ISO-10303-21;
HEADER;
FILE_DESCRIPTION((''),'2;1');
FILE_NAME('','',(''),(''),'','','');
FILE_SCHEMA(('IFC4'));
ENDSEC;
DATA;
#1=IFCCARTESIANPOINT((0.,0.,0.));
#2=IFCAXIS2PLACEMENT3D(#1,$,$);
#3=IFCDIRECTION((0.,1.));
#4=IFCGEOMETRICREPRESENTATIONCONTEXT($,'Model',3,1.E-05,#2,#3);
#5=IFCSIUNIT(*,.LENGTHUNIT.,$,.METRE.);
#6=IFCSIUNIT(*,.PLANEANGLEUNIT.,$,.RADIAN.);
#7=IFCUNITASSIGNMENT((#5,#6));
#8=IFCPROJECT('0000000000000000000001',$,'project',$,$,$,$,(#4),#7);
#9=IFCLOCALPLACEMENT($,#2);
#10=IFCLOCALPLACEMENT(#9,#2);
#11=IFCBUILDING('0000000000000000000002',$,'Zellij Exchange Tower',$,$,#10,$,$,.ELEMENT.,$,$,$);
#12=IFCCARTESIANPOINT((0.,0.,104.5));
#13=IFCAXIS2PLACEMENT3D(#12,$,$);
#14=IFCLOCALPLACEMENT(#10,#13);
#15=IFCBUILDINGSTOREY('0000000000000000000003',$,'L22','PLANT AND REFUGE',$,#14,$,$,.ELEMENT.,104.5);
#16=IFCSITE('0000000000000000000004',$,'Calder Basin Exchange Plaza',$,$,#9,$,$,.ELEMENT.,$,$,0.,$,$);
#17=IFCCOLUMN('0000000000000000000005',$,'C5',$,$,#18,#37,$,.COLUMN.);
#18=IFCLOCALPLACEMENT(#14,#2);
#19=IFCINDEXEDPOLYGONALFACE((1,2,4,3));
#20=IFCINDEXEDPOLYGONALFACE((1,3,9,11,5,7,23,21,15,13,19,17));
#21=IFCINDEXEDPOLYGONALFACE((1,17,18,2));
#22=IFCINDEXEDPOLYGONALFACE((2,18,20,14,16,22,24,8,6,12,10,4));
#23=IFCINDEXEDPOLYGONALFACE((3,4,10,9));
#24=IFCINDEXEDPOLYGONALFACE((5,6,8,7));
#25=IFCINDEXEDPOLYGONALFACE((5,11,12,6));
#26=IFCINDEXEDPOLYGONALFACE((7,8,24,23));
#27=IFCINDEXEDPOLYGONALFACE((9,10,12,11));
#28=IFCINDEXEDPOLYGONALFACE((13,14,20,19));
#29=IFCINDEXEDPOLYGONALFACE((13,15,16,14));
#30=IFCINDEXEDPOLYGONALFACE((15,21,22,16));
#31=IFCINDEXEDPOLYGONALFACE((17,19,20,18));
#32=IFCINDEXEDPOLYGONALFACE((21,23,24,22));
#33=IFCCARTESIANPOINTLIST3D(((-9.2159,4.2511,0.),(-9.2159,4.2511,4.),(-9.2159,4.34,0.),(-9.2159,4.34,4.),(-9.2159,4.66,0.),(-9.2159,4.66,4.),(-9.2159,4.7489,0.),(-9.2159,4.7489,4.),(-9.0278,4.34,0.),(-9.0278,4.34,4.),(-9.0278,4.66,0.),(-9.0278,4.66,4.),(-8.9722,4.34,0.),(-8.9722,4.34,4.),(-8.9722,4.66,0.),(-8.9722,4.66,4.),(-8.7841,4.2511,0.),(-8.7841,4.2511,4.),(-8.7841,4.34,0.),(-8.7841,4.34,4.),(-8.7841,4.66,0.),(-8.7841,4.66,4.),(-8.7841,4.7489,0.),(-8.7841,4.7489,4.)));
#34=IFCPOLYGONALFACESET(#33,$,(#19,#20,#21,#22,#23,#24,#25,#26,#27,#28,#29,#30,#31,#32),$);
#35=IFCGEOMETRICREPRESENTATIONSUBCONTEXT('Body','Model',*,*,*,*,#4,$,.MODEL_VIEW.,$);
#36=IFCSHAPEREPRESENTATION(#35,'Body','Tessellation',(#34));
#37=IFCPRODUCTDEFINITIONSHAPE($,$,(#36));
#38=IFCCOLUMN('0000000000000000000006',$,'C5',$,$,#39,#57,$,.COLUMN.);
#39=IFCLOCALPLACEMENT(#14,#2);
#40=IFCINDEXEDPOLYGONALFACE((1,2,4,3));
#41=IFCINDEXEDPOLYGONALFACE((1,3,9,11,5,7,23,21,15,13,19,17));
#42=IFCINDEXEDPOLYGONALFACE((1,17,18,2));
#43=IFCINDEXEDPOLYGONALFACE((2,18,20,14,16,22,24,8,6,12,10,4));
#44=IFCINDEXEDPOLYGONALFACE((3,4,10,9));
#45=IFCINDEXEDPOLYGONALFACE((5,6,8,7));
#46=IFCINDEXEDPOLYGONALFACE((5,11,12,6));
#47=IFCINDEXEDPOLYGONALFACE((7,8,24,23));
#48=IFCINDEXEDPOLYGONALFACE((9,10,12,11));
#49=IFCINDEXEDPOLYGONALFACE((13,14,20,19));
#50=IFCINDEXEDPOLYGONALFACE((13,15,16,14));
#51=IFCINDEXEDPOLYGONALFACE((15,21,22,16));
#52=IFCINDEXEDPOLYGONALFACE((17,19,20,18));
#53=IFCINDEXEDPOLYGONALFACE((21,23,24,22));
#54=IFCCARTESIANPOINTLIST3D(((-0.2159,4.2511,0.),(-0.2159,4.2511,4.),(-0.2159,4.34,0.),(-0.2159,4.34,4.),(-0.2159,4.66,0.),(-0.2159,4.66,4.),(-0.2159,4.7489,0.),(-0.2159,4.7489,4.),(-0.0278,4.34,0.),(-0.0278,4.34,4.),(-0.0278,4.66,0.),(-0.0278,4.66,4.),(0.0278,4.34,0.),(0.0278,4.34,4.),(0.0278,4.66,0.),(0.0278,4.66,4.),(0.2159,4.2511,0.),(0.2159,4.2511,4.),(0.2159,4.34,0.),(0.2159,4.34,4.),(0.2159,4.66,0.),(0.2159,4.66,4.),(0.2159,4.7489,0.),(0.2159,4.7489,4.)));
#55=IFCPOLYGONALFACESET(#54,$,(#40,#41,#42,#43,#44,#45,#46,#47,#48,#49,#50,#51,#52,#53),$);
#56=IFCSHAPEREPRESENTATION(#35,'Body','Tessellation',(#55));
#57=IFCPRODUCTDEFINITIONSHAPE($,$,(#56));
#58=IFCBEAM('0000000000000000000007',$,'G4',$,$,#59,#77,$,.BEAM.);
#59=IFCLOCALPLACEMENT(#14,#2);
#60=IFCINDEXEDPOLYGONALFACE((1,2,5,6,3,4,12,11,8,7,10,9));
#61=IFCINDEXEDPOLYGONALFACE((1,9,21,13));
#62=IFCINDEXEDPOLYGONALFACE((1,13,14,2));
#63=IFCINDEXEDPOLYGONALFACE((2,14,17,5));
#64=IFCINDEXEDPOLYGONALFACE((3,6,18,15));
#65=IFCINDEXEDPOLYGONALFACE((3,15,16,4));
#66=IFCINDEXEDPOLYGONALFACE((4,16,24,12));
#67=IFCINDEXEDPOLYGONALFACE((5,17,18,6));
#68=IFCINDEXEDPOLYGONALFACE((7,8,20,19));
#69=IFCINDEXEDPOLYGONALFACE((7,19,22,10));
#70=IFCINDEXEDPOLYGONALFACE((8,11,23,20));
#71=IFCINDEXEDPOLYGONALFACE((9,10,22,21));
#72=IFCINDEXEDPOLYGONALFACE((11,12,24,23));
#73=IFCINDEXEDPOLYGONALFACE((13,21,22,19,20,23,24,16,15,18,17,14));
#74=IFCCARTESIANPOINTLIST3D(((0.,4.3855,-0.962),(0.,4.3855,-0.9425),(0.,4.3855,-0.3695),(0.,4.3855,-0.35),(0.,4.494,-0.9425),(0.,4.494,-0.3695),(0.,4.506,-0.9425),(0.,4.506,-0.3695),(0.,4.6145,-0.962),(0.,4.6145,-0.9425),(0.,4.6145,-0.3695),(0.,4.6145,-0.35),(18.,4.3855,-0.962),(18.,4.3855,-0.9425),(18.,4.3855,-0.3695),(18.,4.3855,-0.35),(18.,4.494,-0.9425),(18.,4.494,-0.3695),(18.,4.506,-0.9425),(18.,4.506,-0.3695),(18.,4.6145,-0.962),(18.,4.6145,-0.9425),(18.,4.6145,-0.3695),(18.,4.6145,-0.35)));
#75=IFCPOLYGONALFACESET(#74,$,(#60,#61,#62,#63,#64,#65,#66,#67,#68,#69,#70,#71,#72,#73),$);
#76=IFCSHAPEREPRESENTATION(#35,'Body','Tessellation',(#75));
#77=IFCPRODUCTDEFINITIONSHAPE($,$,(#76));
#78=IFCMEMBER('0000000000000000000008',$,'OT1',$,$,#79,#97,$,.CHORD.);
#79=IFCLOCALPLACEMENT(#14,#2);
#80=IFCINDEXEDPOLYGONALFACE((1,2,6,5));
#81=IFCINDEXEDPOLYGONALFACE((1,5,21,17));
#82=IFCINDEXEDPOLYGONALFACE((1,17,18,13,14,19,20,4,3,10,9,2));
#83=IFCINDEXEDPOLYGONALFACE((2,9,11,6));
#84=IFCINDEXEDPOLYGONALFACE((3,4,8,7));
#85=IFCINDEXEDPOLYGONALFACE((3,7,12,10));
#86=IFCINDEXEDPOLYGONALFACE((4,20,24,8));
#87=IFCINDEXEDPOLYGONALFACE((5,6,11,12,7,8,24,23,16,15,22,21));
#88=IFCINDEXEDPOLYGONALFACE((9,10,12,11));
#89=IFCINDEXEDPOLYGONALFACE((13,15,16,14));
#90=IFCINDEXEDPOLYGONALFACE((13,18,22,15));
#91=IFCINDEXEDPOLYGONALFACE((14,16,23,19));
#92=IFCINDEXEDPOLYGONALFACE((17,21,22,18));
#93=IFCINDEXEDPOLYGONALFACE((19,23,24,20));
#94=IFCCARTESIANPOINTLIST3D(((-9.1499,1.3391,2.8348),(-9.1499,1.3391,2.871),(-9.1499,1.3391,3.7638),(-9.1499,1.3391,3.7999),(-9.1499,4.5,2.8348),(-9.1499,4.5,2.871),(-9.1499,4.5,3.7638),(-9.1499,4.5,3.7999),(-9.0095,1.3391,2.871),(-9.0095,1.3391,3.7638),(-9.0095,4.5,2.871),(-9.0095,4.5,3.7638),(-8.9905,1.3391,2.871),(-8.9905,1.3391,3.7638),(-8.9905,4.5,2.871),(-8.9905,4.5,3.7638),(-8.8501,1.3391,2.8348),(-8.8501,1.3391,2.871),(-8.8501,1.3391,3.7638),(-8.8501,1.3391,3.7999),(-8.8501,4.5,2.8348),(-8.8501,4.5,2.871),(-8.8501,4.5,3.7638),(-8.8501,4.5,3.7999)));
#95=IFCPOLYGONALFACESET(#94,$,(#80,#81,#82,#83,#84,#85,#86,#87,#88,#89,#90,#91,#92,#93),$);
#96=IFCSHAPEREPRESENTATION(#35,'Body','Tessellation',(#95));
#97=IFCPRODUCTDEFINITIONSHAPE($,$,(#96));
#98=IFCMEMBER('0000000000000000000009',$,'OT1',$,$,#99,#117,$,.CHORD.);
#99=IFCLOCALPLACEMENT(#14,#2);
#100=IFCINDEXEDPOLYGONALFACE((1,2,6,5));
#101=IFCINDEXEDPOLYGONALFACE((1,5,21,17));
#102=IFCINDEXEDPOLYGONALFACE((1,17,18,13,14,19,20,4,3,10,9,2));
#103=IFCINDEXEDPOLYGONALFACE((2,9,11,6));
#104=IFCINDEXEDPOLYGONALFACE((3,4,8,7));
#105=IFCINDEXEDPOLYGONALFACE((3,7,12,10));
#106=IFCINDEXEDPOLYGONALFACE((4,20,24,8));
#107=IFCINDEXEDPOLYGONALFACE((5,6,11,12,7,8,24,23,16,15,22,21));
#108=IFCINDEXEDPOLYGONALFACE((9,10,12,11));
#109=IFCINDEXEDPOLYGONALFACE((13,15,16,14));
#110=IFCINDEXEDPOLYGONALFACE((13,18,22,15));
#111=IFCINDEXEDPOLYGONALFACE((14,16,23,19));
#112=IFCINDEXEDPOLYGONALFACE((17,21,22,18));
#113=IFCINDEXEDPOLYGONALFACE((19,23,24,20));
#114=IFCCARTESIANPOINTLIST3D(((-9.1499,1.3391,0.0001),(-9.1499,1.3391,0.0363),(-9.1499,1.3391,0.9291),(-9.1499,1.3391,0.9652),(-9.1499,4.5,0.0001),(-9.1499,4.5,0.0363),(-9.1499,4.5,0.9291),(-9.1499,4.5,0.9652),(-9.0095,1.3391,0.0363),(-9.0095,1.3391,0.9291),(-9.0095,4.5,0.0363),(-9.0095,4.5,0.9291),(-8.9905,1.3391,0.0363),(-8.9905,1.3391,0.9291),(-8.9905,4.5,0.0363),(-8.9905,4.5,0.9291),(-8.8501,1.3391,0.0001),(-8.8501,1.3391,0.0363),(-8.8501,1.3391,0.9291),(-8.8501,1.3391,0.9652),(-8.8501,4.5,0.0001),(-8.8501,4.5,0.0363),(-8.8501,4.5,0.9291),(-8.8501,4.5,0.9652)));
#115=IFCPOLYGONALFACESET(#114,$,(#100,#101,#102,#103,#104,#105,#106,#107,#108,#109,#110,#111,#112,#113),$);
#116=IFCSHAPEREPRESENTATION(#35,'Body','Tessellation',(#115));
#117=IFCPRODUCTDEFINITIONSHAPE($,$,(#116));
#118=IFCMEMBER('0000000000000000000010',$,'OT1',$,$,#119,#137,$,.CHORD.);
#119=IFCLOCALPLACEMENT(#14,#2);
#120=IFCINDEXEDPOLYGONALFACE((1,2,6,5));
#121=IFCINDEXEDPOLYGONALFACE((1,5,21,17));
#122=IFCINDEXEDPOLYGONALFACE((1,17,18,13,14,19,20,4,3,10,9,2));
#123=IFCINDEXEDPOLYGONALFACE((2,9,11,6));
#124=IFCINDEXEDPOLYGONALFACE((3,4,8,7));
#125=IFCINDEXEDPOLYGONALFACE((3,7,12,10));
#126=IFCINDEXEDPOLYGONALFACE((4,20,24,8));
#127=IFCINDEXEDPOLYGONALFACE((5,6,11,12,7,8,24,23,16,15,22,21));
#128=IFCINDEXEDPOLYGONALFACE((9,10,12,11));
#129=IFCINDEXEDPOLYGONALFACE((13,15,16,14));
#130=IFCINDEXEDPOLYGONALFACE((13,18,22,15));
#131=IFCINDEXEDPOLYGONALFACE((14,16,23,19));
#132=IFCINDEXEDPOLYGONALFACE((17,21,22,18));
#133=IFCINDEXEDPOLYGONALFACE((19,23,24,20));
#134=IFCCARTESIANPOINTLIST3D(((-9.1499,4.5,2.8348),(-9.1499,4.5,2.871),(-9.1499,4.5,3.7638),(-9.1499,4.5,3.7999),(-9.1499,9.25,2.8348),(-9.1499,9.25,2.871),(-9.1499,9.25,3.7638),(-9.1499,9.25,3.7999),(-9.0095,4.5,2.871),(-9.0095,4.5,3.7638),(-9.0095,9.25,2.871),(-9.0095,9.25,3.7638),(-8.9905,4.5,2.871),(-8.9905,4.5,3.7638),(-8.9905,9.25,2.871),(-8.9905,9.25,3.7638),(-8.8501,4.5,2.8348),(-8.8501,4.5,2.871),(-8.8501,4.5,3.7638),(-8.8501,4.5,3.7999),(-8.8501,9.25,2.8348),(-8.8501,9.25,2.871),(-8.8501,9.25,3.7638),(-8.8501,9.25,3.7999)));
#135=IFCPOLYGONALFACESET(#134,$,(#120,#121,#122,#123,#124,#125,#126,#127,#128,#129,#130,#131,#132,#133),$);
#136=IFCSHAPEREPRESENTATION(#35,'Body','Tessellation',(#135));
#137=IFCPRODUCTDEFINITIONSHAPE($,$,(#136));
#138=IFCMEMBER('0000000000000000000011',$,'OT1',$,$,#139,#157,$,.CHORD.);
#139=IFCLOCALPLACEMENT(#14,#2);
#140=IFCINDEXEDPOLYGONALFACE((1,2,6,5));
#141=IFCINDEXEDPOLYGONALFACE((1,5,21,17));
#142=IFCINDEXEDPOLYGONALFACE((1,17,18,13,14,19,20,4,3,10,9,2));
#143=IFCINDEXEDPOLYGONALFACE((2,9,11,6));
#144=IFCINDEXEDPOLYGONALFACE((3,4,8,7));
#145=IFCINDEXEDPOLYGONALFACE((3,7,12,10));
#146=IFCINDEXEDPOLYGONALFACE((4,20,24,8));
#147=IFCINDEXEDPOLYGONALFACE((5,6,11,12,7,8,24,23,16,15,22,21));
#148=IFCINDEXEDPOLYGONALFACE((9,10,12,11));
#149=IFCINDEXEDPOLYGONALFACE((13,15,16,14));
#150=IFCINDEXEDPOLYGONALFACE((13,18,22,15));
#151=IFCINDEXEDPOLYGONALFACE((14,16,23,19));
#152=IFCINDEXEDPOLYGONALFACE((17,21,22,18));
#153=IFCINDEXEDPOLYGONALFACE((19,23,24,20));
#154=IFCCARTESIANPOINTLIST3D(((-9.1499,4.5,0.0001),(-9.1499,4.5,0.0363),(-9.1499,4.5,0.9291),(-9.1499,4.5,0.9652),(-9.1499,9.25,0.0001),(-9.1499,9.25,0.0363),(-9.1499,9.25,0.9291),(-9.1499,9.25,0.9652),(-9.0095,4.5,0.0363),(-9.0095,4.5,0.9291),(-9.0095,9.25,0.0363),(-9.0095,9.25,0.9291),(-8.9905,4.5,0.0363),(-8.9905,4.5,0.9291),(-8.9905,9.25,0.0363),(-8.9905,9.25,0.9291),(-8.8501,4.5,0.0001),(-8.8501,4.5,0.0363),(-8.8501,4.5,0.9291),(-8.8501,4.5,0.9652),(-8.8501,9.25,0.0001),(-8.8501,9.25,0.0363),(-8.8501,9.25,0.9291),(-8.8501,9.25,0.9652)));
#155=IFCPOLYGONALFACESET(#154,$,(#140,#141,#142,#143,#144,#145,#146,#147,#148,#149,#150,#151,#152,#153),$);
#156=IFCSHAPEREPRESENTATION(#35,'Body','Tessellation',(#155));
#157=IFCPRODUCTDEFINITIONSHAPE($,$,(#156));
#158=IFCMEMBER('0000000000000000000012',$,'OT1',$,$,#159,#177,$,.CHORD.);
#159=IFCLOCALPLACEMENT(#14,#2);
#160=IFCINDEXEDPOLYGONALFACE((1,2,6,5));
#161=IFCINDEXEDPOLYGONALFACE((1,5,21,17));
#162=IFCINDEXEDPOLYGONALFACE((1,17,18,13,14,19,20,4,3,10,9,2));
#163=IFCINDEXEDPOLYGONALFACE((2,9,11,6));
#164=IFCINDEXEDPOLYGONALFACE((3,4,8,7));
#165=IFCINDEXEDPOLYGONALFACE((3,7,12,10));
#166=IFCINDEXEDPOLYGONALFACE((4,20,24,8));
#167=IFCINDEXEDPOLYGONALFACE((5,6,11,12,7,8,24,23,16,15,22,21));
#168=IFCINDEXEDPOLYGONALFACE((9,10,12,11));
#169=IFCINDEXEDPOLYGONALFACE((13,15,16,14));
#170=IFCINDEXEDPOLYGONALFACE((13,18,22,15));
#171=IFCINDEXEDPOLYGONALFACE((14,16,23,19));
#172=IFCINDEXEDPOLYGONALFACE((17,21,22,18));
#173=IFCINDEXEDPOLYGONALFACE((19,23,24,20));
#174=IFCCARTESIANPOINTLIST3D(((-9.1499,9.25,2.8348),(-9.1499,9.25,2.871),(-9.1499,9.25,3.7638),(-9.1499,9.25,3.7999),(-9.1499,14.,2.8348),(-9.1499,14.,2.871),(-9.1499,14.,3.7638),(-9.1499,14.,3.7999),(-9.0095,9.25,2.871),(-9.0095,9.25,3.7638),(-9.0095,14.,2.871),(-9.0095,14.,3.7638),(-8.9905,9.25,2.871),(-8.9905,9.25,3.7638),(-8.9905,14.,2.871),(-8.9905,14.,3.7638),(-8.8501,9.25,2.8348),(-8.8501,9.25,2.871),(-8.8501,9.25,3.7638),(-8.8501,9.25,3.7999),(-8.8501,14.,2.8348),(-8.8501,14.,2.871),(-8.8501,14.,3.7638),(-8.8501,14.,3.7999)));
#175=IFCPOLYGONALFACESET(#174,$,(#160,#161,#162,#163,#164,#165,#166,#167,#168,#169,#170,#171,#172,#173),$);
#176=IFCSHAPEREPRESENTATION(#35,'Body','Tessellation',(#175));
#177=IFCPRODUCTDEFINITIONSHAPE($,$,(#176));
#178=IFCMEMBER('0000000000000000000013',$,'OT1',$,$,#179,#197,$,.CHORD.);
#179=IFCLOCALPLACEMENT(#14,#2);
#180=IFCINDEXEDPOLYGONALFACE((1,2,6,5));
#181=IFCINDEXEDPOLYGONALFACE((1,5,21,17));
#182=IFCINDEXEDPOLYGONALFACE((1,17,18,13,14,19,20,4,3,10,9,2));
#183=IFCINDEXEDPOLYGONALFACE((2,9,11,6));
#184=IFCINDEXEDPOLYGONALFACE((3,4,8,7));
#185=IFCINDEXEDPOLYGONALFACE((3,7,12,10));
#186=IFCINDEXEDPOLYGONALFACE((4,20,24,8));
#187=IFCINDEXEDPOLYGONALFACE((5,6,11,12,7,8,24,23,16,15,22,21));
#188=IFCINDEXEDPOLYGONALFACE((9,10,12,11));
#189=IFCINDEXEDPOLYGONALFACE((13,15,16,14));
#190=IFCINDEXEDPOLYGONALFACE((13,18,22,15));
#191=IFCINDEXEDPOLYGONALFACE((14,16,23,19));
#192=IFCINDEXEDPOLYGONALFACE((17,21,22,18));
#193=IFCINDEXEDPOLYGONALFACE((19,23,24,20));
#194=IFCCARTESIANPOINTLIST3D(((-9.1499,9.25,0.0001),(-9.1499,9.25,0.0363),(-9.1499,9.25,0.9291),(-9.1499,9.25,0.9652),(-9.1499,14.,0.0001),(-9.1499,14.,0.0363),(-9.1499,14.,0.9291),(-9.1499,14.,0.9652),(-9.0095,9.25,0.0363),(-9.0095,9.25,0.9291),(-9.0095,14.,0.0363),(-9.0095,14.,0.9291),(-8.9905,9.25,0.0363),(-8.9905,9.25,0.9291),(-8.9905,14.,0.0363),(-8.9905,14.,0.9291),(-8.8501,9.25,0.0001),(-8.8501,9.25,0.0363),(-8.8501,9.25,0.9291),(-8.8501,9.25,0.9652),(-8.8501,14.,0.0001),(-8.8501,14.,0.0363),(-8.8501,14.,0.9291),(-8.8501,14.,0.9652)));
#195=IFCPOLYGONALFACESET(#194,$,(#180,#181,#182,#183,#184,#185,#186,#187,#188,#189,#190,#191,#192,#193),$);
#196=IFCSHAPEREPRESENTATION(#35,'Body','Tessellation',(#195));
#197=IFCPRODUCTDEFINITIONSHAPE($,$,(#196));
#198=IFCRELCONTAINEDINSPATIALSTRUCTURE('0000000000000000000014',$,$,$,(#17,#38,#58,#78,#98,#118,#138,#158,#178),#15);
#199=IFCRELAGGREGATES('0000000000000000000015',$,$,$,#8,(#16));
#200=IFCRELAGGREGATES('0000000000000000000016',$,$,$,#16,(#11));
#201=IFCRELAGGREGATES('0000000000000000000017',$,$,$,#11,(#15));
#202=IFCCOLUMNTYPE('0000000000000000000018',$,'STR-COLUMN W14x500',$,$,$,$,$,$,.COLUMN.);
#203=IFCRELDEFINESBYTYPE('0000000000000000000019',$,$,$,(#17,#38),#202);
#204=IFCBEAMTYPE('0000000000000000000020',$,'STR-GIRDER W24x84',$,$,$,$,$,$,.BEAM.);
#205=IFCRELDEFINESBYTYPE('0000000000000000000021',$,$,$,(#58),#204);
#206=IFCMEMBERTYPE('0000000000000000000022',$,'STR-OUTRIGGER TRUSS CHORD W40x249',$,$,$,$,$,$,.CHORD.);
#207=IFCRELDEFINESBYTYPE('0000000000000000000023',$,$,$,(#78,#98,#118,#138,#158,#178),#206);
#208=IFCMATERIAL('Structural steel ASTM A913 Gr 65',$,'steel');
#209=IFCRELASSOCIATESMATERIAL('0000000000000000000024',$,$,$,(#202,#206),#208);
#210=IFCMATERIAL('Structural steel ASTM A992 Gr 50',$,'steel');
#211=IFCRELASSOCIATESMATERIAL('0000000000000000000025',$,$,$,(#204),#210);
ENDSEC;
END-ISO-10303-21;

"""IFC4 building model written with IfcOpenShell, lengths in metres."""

from ifc_helpers import new_model, si_unit, direction, frame, origin, origin_2d, place, context, subcontext, project, spatial, i_section, extrude, material, material_profile, profile_set, type_object, element, save


model = new_model("IFC4")

# Units and contexts
model_context = context("Model", 3, precision=1e-05, world=origin(), true_north=direction((0.0, 1.0)))
body_context = subcontext(model_context, "Body", "Model", "MODEL_VIEW")
ifc_project = project(units=[si_unit("LENGTHUNIT", "METRE"), si_unit("PLANEANGLEUNIT", "RADIAN")], contexts=[model_context])

# Site, building, storey
site_placement = place(None, origin())
site = spatial("IfcSite", under=ifc_project, at=site_placement, Name="Calder Basin Exchange Plaza", CompositionType="ELEMENT", RefElevation=0.0)
building_placement = place(site_placement, origin())
building = spatial("IfcBuilding", under=site, at=building_placement, Name="Zellij Exchange Tower", CompositionType="ELEMENT")
storey_placement = place(building_placement, frame((0.0, 0.0, 104.5)))
storey = spatial("IfcBuildingStorey", under=building, at=storey_placement, Name="L22", Description="PLANT AND REFUGE", CompositionType="ELEMENT", Elevation=104.5)

# Columns
ifc_material_1 = material(Name="Structural steel ASTM A913 Gr 65", Category="steel")
ifc_material_profile_1 = material_profile(ifc_material_1, i_section(OverallWidth=0.4319, OverallDepth=0.4978, WebThickness=0.0557, FlangeThickness=0.0889, at=origin_2d()), Name="W14x500")
ifc_profile_set_1 = profile_set([ifc_material_profile_1], Name="Structural steel ASTM A913 Gr 65")
column_type = type_object("IfcColumnType", Name="STR-COLUMN W14x500", PredefinedType="COLUMN", material=ifc_profile_set_1)
for number, where, z_axis, x_axis, name in (
    (1, (-9.0, 4.5, 0.0), (0.0, 0.0, 1.0), (1.0, 0.0, 0.0), "C5"),
    (2, (0.0, 4.5, 0.0), (0.0, 0.0, 1.0), (1.0, 0.0, 0.0), "C5"),
):
    element("IfcColumn", number, at=place(storey_placement, frame(where, z_axis=z_axis, x_axis=x_axis)), inside=storey, type_object=column_type, Name=name, PredefinedType="COLUMN", context=body_context, shape_type="SweptSolid", body=[
        extrude(i_section(OverallWidth=0.4319, OverallDepth=0.4978, WebThickness=0.0557, FlangeThickness=0.0889, at=origin_2d()), origin(), (0.0, 0.0, 1.0), 4.0),
    ])

# Beam
ifc_material_2 = material(Name="Structural steel ASTM A992 Gr 50", Category="steel")
ifc_material_profile_2 = material_profile(ifc_material_2, i_section(OverallWidth=0.229, OverallDepth=0.6121, WebThickness=0.012, FlangeThickness=0.0195, at=origin_2d()), Name="W24x84")
ifc_profile_set_2 = profile_set([ifc_material_profile_2], Name="Structural steel ASTM A992 Gr 50")
beam_type = type_object("IfcBeamType", Name="STR-GIRDER W24x84", PredefinedType="BEAM", material=ifc_profile_set_2)
beam_placement = place(storey_placement, frame((0.0, 4.5, -0.656), z_axis=(1.0, 0.0, 0.0), x_axis=(0.0, 1.0, 0.0)))
element("IfcBeam", 3, at=beam_placement, inside=storey, type_object=beam_type, Name="G4", PredefinedType="BEAM", context=body_context, shape_type="SweptSolid", body=[
    extrude(i_section(OverallWidth=0.229, OverallDepth=0.6121, WebThickness=0.012, FlangeThickness=0.0195, at=origin_2d()), origin(), (0.0, 0.0, 1.0), 18.0),
])

# Members
ifc_material_profile_3 = material_profile(ifc_material_1, i_section(OverallWidth=0.2998, OverallDepth=0.9651, WebThickness=0.019, FlangeThickness=0.0361, at=origin_2d()), Name="W40x249")
ifc_profile_set_3 = profile_set([ifc_material_profile_3], Name="Structural steel ASTM A913 Gr 65")
member_type_1 = type_object("IfcMemberType", Name="STR-OUTRIGGER TRUSS CHORD W40x249", PredefinedType="CHORD", material=ifc_profile_set_3)
for number, where, z_axis, x_axis, name in (
    (4, (-9.0, 1.3391, 3.3174), (0.0, 1.0, 0.0), (-1.0, 0.0, 0.0), "OT1"),
    (5, (-9.0, 1.3391, 0.4827), (0.0, 1.0, 0.0), (-1.0, 0.0, 0.0), "OT1"),
):
    element("IfcMember", number, at=place(storey_placement, frame(where, z_axis=z_axis, x_axis=x_axis)), inside=storey, type_object=member_type_1, Name=name, PredefinedType="CHORD", context=body_context, shape_type="SweptSolid", body=[
        extrude(i_section(OverallWidth=0.2998, OverallDepth=0.9651, WebThickness=0.019, FlangeThickness=0.0361, at=origin_2d()), origin(), (0.0, 0.0, 1.0), 3.1609),
    ])
for number, where, z_axis, x_axis, name in (
    (6, (-9.0, 4.5, 3.3174), (0.0, 1.0, 0.0), (-1.0, 0.0, 0.0), "OT1"),
    (7, (-9.0, 4.5, 0.4827), (0.0, 1.0, 0.0), (-1.0, 0.0, 0.0), "OT1"),
    (8, (-9.0, 9.25, 3.3174), (0.0, 1.0, 0.0), (-1.0, 0.0, 0.0), "OT1"),
    (9, (-9.0, 9.25, 0.4827), (0.0, 1.0, 0.0), (-1.0, 0.0, 0.0), "OT1"),
):
    element("IfcMember", number, at=place(storey_placement, frame(where, z_axis=z_axis, x_axis=x_axis)), inside=storey, type_object=member_type_1, Name=name, PredefinedType="CHORD", context=body_context, shape_type="SweptSolid", body=[
        extrude(i_section(OverallWidth=0.2998, OverallDepth=0.9651, WebThickness=0.019, FlangeThickness=0.0361, at=origin_2d()), origin(), (0.0, 0.0, 1.0), 4.75),
    ])

save(model, "model.ifc")
